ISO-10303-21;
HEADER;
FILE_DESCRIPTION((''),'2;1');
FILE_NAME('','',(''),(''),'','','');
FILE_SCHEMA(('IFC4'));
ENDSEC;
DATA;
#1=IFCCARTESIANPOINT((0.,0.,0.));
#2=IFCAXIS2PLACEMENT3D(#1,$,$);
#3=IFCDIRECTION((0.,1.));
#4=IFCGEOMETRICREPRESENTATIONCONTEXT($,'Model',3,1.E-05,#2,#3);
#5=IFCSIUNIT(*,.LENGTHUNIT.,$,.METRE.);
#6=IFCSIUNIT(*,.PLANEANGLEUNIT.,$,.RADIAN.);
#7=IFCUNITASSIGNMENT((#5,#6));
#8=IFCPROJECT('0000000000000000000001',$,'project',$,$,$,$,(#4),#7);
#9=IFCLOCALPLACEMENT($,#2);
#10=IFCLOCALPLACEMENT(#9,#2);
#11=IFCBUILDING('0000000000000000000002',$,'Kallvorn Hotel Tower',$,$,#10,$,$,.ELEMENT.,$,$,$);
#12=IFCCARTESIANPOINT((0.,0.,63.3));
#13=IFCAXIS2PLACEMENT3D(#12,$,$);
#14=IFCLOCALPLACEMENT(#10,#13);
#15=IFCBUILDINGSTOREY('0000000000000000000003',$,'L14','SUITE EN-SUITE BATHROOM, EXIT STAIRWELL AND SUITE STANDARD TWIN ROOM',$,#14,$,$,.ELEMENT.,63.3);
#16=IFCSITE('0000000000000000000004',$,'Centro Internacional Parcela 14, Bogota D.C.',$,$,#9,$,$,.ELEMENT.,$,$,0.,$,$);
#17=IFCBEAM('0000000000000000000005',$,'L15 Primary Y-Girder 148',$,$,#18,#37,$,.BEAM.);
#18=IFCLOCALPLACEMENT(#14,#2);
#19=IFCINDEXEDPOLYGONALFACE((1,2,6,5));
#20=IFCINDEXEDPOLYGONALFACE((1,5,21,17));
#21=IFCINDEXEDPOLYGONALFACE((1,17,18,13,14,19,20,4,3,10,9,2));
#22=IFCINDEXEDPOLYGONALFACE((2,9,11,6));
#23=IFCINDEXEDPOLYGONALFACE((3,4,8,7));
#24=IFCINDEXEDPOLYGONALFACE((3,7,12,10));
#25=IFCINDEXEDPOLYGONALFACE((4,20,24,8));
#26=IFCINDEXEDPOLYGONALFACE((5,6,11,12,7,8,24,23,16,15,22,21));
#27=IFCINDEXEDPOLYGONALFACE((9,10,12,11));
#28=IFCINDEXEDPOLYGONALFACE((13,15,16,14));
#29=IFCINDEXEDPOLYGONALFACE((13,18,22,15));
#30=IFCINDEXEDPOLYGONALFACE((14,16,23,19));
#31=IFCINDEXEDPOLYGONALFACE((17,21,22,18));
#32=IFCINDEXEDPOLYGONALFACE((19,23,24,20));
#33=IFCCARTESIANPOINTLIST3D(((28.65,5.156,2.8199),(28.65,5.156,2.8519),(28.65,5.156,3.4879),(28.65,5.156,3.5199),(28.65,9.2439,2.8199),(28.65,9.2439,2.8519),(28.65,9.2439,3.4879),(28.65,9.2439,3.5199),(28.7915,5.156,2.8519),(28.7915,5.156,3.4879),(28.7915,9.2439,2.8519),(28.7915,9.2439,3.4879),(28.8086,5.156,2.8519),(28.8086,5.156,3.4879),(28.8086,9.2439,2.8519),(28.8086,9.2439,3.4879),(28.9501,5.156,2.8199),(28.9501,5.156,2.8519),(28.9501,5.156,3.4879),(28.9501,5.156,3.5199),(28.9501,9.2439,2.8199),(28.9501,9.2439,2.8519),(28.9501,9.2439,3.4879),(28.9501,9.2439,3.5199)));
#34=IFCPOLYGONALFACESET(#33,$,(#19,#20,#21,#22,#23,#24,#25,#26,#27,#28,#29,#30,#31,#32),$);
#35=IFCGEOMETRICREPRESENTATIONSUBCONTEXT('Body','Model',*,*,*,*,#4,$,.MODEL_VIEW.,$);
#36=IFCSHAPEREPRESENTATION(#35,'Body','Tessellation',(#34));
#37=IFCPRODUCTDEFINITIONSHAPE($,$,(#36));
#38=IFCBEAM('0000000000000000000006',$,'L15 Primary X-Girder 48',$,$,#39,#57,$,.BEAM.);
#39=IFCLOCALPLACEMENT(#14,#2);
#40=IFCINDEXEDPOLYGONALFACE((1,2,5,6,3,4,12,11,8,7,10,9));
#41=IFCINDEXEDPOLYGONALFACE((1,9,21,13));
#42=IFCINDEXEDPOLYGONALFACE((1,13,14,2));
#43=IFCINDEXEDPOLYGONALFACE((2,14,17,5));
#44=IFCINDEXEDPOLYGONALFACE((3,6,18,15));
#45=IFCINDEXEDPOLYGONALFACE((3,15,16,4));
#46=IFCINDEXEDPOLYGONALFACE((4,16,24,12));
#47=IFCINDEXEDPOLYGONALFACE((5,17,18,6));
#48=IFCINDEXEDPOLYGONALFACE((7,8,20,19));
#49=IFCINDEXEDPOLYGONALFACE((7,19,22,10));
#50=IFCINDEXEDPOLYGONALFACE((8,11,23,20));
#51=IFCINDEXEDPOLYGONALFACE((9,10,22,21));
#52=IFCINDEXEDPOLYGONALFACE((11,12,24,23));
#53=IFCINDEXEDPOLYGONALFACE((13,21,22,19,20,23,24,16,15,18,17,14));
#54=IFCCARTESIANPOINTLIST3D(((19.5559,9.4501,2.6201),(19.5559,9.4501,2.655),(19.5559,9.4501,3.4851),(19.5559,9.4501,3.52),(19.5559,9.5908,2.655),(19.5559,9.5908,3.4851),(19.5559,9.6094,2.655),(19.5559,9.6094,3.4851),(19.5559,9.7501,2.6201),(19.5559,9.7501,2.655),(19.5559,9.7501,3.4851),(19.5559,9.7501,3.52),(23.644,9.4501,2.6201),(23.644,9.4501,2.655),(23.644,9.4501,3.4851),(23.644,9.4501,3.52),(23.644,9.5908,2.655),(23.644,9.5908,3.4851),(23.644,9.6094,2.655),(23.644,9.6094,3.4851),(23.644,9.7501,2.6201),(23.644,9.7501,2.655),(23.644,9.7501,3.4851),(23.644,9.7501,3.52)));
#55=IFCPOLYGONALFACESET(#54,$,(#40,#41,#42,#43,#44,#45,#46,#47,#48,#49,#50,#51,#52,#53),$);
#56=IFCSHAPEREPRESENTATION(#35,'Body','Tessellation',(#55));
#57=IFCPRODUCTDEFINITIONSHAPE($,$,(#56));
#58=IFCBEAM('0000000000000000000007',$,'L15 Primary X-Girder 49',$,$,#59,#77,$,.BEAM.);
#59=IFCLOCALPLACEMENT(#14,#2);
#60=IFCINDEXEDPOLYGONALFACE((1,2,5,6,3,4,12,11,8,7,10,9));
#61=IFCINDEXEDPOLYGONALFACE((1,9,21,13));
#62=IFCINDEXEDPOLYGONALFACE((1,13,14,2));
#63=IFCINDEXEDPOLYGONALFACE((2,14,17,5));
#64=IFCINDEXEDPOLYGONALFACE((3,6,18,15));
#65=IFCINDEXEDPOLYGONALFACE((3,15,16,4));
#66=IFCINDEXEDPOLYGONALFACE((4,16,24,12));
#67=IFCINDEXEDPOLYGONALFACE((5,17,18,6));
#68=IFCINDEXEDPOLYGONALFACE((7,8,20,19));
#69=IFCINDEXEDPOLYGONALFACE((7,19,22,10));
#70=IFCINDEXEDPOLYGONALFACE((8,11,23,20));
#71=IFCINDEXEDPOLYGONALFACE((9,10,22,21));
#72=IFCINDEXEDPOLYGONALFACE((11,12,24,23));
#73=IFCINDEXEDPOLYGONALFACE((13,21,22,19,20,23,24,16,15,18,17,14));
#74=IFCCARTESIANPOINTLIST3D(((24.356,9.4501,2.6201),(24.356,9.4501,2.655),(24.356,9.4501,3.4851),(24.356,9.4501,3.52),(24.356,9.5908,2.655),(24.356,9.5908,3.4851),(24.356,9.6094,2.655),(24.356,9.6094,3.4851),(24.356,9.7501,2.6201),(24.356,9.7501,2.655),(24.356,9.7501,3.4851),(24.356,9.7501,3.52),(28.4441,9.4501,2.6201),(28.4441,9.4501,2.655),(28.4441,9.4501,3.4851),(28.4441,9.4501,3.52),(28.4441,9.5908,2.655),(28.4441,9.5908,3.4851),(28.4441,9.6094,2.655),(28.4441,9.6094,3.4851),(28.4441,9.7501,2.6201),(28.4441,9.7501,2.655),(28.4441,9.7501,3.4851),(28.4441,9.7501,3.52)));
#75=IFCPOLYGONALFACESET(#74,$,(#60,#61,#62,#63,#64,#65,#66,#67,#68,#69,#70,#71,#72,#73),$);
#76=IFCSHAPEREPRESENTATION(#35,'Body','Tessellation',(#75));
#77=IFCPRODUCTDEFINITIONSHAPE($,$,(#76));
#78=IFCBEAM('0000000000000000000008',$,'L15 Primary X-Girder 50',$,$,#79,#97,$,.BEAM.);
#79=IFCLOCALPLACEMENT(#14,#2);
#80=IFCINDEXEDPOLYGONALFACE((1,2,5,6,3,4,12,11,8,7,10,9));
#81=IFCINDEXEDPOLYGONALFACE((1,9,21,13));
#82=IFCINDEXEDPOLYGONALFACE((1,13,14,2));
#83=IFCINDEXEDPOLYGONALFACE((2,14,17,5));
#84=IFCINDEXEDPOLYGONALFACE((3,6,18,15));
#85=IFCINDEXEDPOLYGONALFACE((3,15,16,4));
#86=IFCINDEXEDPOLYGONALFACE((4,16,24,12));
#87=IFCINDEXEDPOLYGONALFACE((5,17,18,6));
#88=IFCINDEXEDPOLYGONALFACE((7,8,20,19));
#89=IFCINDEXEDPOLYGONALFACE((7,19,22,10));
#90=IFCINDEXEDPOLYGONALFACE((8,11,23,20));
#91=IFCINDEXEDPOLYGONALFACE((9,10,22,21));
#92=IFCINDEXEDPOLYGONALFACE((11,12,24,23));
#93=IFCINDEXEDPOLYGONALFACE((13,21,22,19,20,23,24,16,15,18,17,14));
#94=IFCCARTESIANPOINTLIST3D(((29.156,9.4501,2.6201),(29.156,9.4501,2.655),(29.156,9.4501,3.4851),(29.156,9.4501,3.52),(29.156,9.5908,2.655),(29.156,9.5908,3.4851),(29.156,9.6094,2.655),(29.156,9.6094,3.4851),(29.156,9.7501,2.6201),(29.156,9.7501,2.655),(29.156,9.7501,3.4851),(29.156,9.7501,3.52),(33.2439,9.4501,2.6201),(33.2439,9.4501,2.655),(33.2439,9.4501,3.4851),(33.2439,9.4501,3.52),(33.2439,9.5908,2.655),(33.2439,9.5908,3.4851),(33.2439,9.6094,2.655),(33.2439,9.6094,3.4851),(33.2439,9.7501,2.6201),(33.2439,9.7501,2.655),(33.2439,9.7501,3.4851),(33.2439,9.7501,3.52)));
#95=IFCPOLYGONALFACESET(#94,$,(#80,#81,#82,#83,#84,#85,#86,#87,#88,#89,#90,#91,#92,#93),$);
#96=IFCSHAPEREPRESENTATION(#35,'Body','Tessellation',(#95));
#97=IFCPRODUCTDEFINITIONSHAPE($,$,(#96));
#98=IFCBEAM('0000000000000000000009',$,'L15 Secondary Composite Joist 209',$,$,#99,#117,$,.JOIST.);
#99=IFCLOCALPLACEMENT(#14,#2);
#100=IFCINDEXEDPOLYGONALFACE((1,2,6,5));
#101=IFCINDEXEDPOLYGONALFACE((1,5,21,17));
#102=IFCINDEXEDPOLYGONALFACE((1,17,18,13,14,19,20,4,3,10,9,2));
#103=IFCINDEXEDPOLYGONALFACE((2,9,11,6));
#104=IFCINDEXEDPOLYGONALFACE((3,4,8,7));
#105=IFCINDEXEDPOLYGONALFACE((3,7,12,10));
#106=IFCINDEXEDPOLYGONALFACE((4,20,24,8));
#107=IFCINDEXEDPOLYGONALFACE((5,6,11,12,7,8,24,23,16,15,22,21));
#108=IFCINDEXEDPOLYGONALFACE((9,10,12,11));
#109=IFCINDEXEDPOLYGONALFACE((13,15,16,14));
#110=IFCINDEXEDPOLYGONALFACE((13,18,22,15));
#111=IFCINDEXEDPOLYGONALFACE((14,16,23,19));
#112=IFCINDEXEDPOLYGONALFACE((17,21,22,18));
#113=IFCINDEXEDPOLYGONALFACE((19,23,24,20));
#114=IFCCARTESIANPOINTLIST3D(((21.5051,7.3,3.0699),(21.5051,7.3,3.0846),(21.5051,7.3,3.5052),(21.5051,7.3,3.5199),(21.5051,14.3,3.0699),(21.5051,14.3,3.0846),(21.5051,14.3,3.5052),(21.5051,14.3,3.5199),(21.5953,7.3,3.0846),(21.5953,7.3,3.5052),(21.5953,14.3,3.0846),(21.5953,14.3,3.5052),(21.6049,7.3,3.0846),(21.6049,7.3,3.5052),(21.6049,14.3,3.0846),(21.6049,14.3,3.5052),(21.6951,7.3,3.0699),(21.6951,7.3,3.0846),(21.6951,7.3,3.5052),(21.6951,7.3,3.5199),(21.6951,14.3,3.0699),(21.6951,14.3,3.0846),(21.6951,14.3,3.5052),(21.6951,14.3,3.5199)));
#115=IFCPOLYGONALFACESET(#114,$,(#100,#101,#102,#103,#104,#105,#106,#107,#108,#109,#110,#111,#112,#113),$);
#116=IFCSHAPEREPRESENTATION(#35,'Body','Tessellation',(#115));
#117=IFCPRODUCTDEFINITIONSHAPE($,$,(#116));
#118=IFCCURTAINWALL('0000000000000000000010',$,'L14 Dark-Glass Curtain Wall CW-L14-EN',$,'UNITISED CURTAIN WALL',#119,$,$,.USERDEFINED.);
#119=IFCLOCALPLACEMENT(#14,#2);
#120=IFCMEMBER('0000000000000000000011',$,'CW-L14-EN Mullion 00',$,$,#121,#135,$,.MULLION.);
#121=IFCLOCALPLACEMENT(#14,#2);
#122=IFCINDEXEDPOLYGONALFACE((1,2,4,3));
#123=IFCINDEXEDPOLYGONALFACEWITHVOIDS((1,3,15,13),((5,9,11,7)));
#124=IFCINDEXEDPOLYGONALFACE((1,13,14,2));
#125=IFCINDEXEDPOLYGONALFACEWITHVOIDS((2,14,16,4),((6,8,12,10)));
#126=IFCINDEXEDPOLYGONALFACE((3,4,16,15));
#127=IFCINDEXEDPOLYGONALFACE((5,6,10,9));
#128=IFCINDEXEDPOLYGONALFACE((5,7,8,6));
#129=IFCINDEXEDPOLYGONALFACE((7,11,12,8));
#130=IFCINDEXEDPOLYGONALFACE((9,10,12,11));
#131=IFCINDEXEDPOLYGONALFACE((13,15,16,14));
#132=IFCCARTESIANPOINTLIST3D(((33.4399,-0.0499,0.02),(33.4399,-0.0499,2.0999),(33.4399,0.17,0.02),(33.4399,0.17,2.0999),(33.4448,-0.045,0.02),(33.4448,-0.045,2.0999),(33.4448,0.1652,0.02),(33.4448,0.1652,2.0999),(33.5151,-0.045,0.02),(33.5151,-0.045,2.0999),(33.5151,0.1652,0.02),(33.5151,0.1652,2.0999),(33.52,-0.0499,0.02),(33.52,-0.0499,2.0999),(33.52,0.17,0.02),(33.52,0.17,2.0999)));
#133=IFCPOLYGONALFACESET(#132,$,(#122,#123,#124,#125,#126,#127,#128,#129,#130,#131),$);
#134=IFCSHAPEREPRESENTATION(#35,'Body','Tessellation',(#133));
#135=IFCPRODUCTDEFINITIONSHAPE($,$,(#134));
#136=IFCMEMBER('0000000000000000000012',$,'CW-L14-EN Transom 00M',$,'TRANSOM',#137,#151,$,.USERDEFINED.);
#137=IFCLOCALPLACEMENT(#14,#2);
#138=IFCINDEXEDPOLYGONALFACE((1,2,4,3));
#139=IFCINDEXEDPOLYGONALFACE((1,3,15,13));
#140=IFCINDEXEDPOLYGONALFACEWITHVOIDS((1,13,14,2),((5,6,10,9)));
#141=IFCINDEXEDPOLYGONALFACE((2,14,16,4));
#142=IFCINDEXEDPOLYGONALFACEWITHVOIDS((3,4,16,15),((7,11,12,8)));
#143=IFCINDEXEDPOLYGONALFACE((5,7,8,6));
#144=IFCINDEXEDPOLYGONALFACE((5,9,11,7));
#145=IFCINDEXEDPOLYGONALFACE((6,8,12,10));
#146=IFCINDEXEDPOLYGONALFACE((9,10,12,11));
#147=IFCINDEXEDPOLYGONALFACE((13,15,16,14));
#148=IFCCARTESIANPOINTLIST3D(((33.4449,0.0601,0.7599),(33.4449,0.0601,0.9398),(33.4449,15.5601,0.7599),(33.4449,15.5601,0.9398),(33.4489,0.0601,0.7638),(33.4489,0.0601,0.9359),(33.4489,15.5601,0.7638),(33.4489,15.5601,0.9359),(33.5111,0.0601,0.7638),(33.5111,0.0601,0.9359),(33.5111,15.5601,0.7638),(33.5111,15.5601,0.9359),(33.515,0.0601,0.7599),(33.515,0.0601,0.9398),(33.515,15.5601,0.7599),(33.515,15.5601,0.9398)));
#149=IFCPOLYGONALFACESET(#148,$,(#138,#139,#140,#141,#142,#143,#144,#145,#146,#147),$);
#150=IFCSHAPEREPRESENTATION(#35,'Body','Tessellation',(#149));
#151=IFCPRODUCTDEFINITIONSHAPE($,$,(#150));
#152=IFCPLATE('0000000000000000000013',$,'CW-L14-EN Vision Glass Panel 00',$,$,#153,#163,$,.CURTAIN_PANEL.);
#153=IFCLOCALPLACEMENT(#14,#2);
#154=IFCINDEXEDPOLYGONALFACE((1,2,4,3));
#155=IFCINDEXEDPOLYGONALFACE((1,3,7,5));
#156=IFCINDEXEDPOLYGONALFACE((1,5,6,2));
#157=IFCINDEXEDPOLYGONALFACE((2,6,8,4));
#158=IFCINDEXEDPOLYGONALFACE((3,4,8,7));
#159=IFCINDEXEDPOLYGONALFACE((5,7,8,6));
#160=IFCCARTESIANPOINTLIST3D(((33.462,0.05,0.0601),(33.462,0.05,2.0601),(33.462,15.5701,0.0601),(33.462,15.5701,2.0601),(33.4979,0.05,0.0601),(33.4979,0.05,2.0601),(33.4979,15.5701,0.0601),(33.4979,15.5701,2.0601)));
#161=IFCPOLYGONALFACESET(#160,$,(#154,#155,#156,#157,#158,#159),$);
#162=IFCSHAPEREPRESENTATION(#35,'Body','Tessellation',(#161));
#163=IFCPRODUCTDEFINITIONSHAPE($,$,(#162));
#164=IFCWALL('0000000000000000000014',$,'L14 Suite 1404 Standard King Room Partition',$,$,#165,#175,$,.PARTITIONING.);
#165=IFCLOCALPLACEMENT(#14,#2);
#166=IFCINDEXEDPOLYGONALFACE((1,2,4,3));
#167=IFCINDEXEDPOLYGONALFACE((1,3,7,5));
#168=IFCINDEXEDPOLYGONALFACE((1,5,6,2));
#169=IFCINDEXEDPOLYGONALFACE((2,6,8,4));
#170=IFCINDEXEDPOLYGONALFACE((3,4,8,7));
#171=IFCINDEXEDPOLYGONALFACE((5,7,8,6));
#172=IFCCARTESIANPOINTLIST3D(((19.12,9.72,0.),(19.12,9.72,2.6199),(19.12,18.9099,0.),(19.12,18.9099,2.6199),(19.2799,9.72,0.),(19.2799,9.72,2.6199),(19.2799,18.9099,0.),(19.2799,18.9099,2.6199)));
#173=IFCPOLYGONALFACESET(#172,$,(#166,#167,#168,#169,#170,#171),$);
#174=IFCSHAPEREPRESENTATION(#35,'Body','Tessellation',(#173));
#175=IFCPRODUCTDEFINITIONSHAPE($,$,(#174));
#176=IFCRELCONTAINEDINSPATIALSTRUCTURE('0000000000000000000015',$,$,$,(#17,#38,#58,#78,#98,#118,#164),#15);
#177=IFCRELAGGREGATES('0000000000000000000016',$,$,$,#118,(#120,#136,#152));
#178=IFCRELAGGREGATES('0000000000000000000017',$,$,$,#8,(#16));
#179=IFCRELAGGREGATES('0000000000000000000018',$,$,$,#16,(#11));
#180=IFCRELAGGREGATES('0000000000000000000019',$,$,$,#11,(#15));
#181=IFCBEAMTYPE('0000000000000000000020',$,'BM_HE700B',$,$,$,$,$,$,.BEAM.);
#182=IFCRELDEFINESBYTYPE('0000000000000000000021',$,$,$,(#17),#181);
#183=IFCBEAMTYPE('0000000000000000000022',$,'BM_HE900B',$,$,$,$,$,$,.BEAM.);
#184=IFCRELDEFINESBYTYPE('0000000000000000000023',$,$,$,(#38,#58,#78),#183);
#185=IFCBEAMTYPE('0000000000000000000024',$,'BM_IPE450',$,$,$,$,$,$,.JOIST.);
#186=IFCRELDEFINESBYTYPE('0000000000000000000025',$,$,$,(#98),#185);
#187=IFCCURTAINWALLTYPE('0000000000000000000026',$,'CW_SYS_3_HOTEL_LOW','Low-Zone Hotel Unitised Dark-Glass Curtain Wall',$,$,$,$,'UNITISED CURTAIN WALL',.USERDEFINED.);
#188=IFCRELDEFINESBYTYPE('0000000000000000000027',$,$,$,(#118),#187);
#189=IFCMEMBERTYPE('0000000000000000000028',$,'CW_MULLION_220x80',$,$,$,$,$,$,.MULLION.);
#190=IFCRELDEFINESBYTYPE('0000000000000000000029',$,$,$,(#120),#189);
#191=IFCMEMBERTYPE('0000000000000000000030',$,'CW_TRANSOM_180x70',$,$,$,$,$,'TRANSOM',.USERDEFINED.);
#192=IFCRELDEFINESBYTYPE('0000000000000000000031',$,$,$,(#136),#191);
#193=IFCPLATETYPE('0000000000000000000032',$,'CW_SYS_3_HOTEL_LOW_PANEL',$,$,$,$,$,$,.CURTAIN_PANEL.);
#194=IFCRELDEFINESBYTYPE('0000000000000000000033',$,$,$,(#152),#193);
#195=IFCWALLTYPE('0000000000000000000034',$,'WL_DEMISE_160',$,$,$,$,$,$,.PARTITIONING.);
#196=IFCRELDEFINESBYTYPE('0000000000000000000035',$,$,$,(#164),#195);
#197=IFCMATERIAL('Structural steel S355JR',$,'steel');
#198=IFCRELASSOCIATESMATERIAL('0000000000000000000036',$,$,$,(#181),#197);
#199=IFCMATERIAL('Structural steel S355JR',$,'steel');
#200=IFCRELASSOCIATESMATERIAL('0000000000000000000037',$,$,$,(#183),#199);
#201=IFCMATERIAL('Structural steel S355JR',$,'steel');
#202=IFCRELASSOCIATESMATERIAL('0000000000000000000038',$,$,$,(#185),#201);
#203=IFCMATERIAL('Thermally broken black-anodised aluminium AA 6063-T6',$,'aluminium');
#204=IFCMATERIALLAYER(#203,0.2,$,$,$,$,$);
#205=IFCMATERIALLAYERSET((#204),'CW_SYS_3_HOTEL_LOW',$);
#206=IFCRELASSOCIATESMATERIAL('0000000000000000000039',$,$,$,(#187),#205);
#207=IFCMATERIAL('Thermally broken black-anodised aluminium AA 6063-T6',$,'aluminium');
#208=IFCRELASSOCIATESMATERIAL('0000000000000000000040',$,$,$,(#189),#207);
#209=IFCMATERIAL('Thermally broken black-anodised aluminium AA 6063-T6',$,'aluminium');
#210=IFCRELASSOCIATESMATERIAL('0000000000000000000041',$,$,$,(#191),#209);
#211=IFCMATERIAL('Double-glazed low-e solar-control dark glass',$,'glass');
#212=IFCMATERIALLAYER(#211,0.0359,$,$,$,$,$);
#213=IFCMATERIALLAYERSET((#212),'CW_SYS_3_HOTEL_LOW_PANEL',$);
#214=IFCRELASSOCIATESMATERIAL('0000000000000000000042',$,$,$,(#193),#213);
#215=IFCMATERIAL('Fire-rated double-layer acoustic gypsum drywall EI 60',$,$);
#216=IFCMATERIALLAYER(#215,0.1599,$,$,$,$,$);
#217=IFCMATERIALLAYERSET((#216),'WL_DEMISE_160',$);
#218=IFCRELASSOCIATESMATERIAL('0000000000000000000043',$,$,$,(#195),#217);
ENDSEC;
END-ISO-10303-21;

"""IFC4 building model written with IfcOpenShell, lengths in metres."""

from ifc_helpers import new_model, si_unit, direction, frame, frame_2d, origin, origin_2d, place, context, subcontext, project, spatial, rectangle, hollow_rectangle, i_section, extrude, material, layer, layer_set, material_profile, profile_set, type_object, element, aggregate, save


model = new_model("IFC4")

# Units and contexts
model_context = context("Model", 3, precision=1e-05, world=origin(), true_north=direction((0.0, 1.0)))
body_context = subcontext(model_context, "Body", "Model", "MODEL_VIEW")
ifc_project = project(units=[si_unit("LENGTHUNIT", "METRE"), si_unit("PLANEANGLEUNIT", "RADIAN")], contexts=[model_context])

# Site, building, storey
site_placement = place(None, origin())
site = spatial("IfcSite", under=ifc_project, at=site_placement, Name="Centro Internacional Parcela 14, Bogota D.C.", CompositionType="ELEMENT", RefElevation=0.0)
building_placement = place(site_placement, origin())
building = spatial("IfcBuilding", under=site, at=building_placement, Name="Kallvorn Hotel Tower", CompositionType="ELEMENT")
storey_placement = place(building_placement, frame((0.0, 0.0, 63.3)))
storey = spatial("IfcBuildingStorey", under=building, at=storey_placement, Name="L14", Description="SUITE EN-SUITE BATHROOM, EXIT STAIRWELL AND SUITE STANDARD TWIN ROOM", CompositionType="ELEMENT", Elevation=63.3)

# Beams
ifc_material_1 = material(Name="Structural steel S355JR", Category="steel")
ifc_material_profile_1 = material_profile(ifc_material_1, i_section(OverallWidth=0.3, OverallDepth=0.7, WebThickness=0.0171, FlangeThickness=0.032, at=origin_2d()), Name="HE 700 B")
ifc_profile_set_1 = profile_set([ifc_material_profile_1], Name="Structural steel S355JR")
beam_type_1 = type_object("IfcBeamType", Name="BM_HE700B", PredefinedType="BEAM", material=ifc_profile_set_1)
beam_1_placement = place(storey_placement, frame((28.8, 5.156, 3.1699), z_axis=(0.0, 1.0, 0.0), x_axis=(-1.0, 0.0, 0.0)))
element("IfcBeam", 1, at=beam_1_placement, inside=storey, type_object=beam_type_1, Name="L15 Primary Y-Girder 148", PredefinedType="BEAM", context=body_context, shape_type="SweptSolid", body=[
    extrude(i_section(OverallWidth=0.3, OverallDepth=0.7, WebThickness=0.0171, FlangeThickness=0.032, at=origin_2d()), origin(), (0.0, 0.0, 1.0), 4.0879),
])
ifc_material_2 = material(Name="Structural steel S355JR", Category="steel")
ifc_material_profile_2 = material_profile(ifc_material_2, i_section(OverallWidth=0.3, OverallDepth=0.8999, WebThickness=0.0186, FlangeThickness=0.0349, at=origin_2d()), Name="HE 900 B")
ifc_profile_set_2 = profile_set([ifc_material_profile_2], Name="Structural steel S355JR")
beam_type_2 = type_object("IfcBeamType", Name="BM_HE900B", PredefinedType="BEAM", material=ifc_profile_set_2)
for number, where, z_axis, x_axis, name in (
    (2, (19.5559, 9.6001, 3.0701), (1.0, 0.0, 0.0), (0.0, 1.0, 0.0), "L15 Primary X-Girder 48"),
    (3, (24.356, 9.6001, 3.0701), (1.0, 0.0, 0.0), (0.0, 1.0, 0.0), "L15 Primary X-Girder 49"),
):
    element("IfcBeam", number, at=place(storey_placement, frame(where, z_axis=z_axis, x_axis=x_axis)), inside=storey, type_object=beam_type_2, Name=name, PredefinedType="BEAM", context=body_context, shape_type="SweptSolid", body=[
        extrude(i_section(OverallWidth=0.3, OverallDepth=0.8999, WebThickness=0.0186, FlangeThickness=0.0349, at=origin_2d()), origin(), (0.0, 0.0, 1.0), 4.0881),
    ])
beam_2_placement = place(storey_placement, frame((29.156, 9.6001, 3.0701), z_axis=(1.0, 0.0, 0.0), x_axis=(0.0, 1.0, 0.0)))
element("IfcBeam", 4, at=beam_2_placement, inside=storey, type_object=beam_type_2, Name="L15 Primary X-Girder 50", PredefinedType="BEAM", context=body_context, shape_type="SweptSolid", body=[
    extrude(i_section(OverallWidth=0.3, OverallDepth=0.8999, WebThickness=0.0186, FlangeThickness=0.0349, at=origin_2d()), origin(), (0.0, 0.0, 1.0), 4.0879),
])
ifc_material_3 = material(Name="Structural steel S355JR", Category="steel")
ifc_material_profile_3 = material_profile(ifc_material_3, i_section(OverallWidth=0.1899, OverallDepth=0.45, WebThickness=0.0095, FlangeThickness=0.0146, at=origin_2d()), Name="IPE 450")
ifc_profile_set_3 = profile_set([ifc_material_profile_3], Name="Structural steel S355JR")
beam_type_3 = type_object("IfcBeamType", Name="BM_IPE450", PredefinedType="JOIST", material=ifc_profile_set_3)
beam_3_placement = place(storey_placement, frame((21.6001, 7.3, 3.2949), z_axis=(0.0, 1.0, 0.0), x_axis=(-1.0, 0.0, 0.0)))
element("IfcBeam", 5, at=beam_3_placement, inside=storey, type_object=beam_type_3, Name="L15 Secondary Composite Joist 209", PredefinedType="JOIST", context=body_context, shape_type="SweptSolid", body=[
    extrude(i_section(OverallWidth=0.1899, OverallDepth=0.45, WebThickness=0.0095, FlangeThickness=0.0146, at=origin_2d()), origin(), (0.0, 0.0, 1.0), 7.0),
])

# Curtain wall, members, plate
ifc_material_4 = material(Name="Thermally broken black-anodised aluminium AA 6063-T6", Category="aluminium")
ifc_layer_1 = layer(ifc_material_4, 0.2)
ifc_layer_set_1 = layer_set([ifc_layer_1], Name="CW_SYS_3_HOTEL_LOW")
curtain_wall_type = type_object("IfcCurtainWallType", Name="CW_SYS_3_HOTEL_LOW", Description="Low-Zone Hotel Unitised Dark-Glass Curtain Wall", ElementType="UNITISED CURTAIN WALL", PredefinedType="USERDEFINED", material=ifc_layer_set_1)
curtain_wall_placement = place(storey_placement, origin())
curtain_wall = element("IfcCurtainWall", 6, at=curtain_wall_placement, inside=storey, type_object=curtain_wall_type, Name="L14 Dark-Glass Curtain Wall CW-L14-EN", ObjectType="UNITISED CURTAIN WALL", PredefinedType="USERDEFINED")
ifc_material_5 = material(Name="Thermally broken black-anodised aluminium AA 6063-T6", Category="aluminium")
ifc_material_profile_4 = material_profile(ifc_material_5, hollow_rectangle(XDim=0.0801, YDim=0.22, WallThickness=0.0049, at=origin_2d()), Name="MUL 220x80")
ifc_profile_set_4 = profile_set([ifc_material_profile_4], Name="Thermally broken black-anodised aluminium AA 6063-T6")
member_type_1 = type_object("IfcMemberType", Name="CW_MULLION_220x80", PredefinedType="MULLION", material=ifc_profile_set_4)
member_1_placement = place(storey_placement, frame((33.48, 0.0601, 0.02), z_axis=(0.0, 0.0, 1.0), x_axis=(1.0, 0.0, 0.0)))
member_1 = element("IfcMember", 7, at=member_1_placement, type_object=member_type_1, Name="CW-L14-EN Mullion 00", PredefinedType="MULLION", context=body_context, shape_type="SweptSolid", body=[
    extrude(hollow_rectangle(XDim=0.0801, YDim=0.22, WallThickness=0.0049, at=origin_2d()), origin(), (0.0, 0.0, 1.0), 2.0798),
])
ifc_material_6 = material(Name="Thermally broken black-anodised aluminium AA 6063-T6", Category="aluminium")
ifc_material_profile_5 = material_profile(ifc_material_6, hollow_rectangle(XDim=0.0701, YDim=0.1799, WallThickness=0.0039, at=origin_2d()), Name="TRN 180x70")
ifc_profile_set_5 = profile_set([ifc_material_profile_5], Name="Thermally broken black-anodised aluminium AA 6063-T6")
member_type_2 = type_object("IfcMemberType", Name="CW_TRANSOM_180x70", ElementType="TRANSOM", PredefinedType="USERDEFINED", material=ifc_profile_set_5)
member_2_placement = place(storey_placement, frame((33.48, 0.0601, 0.8499), z_axis=(0.0, 1.0, 0.0), x_axis=(-1.0, 0.0, 0.0)))
member_2 = element("IfcMember", 8, at=member_2_placement, type_object=member_type_2, Name="CW-L14-EN Transom 00M", ObjectType="TRANSOM", PredefinedType="USERDEFINED", context=body_context, shape_type="SweptSolid", body=[
    extrude(hollow_rectangle(XDim=0.0701, YDim=0.1799, WallThickness=0.0039, at=origin_2d()), origin(), (0.0, 0.0, 1.0), 15.5),
])
ifc_material_7 = material(Name="Double-glazed low-e solar-control dark glass", Category="glass")
ifc_layer_2 = layer(ifc_material_7, 0.0359)
ifc_layer_set_2 = layer_set([ifc_layer_2], Name="CW_SYS_3_HOTEL_LOW_PANEL")
plate_type = type_object("IfcPlateType", Name="CW_SYS_3_HOTEL_LOW_PANEL", PredefinedType="CURTAIN_PANEL", material=ifc_layer_set_2)
plate_placement = place(storey_placement, frame((33.48, 7.8101, 0.0601), z_axis=(0.0, 0.0, 1.0), x_axis=(0.0, 1.0, 0.0)))
plate = element("IfcPlate", 9, at=plate_placement, type_object=plate_type, Name="CW-L14-EN Vision Glass Panel 00", PredefinedType="CURTAIN_PANEL", context=body_context, shape_type="SweptSolid", body=[
    extrude(rectangle(XDim=15.52, YDim=0.0359, at=origin_2d()), origin(), (0.0, 0.0, 1.0), 2.0),
])
aggregate(curtain_wall, [member_1, member_2, plate])

# Wall
ifc_material_8 = material(Name="Fire-rated double-layer acoustic gypsum drywall EI 60")
ifc_layer_3 = layer(ifc_material_8, 0.1599)
ifc_layer_set_3 = layer_set([ifc_layer_3], Name="WL_DEMISE_160")
wall_type_1 = type_object("IfcWallType", Name="WL_DEMISE_160", PredefinedType="PARTITIONING", material=ifc_layer_set_3)
wall_1_placement = place(storey_placement, frame((19.2, 9.72, 0.0), z_axis=(0.0, 0.0, 1.0), x_axis=(0.0, 1.0, 0.0)))
element("IfcWall", 10, at=wall_1_placement, inside=storey, type_object=wall_type_1, Name="L14 Suite 1404 Standard King Room Partition", PredefinedType="PARTITIONING", context=body_context, shape_type="SweptSolid", body=[
    extrude(rectangle(XDim=9.1899, YDim=0.1599, at=frame_2d((4.595, 0.0))), origin(), (0.0, 0.0, 1.0), 2.6199),
])

save(model, "model.ifc")
